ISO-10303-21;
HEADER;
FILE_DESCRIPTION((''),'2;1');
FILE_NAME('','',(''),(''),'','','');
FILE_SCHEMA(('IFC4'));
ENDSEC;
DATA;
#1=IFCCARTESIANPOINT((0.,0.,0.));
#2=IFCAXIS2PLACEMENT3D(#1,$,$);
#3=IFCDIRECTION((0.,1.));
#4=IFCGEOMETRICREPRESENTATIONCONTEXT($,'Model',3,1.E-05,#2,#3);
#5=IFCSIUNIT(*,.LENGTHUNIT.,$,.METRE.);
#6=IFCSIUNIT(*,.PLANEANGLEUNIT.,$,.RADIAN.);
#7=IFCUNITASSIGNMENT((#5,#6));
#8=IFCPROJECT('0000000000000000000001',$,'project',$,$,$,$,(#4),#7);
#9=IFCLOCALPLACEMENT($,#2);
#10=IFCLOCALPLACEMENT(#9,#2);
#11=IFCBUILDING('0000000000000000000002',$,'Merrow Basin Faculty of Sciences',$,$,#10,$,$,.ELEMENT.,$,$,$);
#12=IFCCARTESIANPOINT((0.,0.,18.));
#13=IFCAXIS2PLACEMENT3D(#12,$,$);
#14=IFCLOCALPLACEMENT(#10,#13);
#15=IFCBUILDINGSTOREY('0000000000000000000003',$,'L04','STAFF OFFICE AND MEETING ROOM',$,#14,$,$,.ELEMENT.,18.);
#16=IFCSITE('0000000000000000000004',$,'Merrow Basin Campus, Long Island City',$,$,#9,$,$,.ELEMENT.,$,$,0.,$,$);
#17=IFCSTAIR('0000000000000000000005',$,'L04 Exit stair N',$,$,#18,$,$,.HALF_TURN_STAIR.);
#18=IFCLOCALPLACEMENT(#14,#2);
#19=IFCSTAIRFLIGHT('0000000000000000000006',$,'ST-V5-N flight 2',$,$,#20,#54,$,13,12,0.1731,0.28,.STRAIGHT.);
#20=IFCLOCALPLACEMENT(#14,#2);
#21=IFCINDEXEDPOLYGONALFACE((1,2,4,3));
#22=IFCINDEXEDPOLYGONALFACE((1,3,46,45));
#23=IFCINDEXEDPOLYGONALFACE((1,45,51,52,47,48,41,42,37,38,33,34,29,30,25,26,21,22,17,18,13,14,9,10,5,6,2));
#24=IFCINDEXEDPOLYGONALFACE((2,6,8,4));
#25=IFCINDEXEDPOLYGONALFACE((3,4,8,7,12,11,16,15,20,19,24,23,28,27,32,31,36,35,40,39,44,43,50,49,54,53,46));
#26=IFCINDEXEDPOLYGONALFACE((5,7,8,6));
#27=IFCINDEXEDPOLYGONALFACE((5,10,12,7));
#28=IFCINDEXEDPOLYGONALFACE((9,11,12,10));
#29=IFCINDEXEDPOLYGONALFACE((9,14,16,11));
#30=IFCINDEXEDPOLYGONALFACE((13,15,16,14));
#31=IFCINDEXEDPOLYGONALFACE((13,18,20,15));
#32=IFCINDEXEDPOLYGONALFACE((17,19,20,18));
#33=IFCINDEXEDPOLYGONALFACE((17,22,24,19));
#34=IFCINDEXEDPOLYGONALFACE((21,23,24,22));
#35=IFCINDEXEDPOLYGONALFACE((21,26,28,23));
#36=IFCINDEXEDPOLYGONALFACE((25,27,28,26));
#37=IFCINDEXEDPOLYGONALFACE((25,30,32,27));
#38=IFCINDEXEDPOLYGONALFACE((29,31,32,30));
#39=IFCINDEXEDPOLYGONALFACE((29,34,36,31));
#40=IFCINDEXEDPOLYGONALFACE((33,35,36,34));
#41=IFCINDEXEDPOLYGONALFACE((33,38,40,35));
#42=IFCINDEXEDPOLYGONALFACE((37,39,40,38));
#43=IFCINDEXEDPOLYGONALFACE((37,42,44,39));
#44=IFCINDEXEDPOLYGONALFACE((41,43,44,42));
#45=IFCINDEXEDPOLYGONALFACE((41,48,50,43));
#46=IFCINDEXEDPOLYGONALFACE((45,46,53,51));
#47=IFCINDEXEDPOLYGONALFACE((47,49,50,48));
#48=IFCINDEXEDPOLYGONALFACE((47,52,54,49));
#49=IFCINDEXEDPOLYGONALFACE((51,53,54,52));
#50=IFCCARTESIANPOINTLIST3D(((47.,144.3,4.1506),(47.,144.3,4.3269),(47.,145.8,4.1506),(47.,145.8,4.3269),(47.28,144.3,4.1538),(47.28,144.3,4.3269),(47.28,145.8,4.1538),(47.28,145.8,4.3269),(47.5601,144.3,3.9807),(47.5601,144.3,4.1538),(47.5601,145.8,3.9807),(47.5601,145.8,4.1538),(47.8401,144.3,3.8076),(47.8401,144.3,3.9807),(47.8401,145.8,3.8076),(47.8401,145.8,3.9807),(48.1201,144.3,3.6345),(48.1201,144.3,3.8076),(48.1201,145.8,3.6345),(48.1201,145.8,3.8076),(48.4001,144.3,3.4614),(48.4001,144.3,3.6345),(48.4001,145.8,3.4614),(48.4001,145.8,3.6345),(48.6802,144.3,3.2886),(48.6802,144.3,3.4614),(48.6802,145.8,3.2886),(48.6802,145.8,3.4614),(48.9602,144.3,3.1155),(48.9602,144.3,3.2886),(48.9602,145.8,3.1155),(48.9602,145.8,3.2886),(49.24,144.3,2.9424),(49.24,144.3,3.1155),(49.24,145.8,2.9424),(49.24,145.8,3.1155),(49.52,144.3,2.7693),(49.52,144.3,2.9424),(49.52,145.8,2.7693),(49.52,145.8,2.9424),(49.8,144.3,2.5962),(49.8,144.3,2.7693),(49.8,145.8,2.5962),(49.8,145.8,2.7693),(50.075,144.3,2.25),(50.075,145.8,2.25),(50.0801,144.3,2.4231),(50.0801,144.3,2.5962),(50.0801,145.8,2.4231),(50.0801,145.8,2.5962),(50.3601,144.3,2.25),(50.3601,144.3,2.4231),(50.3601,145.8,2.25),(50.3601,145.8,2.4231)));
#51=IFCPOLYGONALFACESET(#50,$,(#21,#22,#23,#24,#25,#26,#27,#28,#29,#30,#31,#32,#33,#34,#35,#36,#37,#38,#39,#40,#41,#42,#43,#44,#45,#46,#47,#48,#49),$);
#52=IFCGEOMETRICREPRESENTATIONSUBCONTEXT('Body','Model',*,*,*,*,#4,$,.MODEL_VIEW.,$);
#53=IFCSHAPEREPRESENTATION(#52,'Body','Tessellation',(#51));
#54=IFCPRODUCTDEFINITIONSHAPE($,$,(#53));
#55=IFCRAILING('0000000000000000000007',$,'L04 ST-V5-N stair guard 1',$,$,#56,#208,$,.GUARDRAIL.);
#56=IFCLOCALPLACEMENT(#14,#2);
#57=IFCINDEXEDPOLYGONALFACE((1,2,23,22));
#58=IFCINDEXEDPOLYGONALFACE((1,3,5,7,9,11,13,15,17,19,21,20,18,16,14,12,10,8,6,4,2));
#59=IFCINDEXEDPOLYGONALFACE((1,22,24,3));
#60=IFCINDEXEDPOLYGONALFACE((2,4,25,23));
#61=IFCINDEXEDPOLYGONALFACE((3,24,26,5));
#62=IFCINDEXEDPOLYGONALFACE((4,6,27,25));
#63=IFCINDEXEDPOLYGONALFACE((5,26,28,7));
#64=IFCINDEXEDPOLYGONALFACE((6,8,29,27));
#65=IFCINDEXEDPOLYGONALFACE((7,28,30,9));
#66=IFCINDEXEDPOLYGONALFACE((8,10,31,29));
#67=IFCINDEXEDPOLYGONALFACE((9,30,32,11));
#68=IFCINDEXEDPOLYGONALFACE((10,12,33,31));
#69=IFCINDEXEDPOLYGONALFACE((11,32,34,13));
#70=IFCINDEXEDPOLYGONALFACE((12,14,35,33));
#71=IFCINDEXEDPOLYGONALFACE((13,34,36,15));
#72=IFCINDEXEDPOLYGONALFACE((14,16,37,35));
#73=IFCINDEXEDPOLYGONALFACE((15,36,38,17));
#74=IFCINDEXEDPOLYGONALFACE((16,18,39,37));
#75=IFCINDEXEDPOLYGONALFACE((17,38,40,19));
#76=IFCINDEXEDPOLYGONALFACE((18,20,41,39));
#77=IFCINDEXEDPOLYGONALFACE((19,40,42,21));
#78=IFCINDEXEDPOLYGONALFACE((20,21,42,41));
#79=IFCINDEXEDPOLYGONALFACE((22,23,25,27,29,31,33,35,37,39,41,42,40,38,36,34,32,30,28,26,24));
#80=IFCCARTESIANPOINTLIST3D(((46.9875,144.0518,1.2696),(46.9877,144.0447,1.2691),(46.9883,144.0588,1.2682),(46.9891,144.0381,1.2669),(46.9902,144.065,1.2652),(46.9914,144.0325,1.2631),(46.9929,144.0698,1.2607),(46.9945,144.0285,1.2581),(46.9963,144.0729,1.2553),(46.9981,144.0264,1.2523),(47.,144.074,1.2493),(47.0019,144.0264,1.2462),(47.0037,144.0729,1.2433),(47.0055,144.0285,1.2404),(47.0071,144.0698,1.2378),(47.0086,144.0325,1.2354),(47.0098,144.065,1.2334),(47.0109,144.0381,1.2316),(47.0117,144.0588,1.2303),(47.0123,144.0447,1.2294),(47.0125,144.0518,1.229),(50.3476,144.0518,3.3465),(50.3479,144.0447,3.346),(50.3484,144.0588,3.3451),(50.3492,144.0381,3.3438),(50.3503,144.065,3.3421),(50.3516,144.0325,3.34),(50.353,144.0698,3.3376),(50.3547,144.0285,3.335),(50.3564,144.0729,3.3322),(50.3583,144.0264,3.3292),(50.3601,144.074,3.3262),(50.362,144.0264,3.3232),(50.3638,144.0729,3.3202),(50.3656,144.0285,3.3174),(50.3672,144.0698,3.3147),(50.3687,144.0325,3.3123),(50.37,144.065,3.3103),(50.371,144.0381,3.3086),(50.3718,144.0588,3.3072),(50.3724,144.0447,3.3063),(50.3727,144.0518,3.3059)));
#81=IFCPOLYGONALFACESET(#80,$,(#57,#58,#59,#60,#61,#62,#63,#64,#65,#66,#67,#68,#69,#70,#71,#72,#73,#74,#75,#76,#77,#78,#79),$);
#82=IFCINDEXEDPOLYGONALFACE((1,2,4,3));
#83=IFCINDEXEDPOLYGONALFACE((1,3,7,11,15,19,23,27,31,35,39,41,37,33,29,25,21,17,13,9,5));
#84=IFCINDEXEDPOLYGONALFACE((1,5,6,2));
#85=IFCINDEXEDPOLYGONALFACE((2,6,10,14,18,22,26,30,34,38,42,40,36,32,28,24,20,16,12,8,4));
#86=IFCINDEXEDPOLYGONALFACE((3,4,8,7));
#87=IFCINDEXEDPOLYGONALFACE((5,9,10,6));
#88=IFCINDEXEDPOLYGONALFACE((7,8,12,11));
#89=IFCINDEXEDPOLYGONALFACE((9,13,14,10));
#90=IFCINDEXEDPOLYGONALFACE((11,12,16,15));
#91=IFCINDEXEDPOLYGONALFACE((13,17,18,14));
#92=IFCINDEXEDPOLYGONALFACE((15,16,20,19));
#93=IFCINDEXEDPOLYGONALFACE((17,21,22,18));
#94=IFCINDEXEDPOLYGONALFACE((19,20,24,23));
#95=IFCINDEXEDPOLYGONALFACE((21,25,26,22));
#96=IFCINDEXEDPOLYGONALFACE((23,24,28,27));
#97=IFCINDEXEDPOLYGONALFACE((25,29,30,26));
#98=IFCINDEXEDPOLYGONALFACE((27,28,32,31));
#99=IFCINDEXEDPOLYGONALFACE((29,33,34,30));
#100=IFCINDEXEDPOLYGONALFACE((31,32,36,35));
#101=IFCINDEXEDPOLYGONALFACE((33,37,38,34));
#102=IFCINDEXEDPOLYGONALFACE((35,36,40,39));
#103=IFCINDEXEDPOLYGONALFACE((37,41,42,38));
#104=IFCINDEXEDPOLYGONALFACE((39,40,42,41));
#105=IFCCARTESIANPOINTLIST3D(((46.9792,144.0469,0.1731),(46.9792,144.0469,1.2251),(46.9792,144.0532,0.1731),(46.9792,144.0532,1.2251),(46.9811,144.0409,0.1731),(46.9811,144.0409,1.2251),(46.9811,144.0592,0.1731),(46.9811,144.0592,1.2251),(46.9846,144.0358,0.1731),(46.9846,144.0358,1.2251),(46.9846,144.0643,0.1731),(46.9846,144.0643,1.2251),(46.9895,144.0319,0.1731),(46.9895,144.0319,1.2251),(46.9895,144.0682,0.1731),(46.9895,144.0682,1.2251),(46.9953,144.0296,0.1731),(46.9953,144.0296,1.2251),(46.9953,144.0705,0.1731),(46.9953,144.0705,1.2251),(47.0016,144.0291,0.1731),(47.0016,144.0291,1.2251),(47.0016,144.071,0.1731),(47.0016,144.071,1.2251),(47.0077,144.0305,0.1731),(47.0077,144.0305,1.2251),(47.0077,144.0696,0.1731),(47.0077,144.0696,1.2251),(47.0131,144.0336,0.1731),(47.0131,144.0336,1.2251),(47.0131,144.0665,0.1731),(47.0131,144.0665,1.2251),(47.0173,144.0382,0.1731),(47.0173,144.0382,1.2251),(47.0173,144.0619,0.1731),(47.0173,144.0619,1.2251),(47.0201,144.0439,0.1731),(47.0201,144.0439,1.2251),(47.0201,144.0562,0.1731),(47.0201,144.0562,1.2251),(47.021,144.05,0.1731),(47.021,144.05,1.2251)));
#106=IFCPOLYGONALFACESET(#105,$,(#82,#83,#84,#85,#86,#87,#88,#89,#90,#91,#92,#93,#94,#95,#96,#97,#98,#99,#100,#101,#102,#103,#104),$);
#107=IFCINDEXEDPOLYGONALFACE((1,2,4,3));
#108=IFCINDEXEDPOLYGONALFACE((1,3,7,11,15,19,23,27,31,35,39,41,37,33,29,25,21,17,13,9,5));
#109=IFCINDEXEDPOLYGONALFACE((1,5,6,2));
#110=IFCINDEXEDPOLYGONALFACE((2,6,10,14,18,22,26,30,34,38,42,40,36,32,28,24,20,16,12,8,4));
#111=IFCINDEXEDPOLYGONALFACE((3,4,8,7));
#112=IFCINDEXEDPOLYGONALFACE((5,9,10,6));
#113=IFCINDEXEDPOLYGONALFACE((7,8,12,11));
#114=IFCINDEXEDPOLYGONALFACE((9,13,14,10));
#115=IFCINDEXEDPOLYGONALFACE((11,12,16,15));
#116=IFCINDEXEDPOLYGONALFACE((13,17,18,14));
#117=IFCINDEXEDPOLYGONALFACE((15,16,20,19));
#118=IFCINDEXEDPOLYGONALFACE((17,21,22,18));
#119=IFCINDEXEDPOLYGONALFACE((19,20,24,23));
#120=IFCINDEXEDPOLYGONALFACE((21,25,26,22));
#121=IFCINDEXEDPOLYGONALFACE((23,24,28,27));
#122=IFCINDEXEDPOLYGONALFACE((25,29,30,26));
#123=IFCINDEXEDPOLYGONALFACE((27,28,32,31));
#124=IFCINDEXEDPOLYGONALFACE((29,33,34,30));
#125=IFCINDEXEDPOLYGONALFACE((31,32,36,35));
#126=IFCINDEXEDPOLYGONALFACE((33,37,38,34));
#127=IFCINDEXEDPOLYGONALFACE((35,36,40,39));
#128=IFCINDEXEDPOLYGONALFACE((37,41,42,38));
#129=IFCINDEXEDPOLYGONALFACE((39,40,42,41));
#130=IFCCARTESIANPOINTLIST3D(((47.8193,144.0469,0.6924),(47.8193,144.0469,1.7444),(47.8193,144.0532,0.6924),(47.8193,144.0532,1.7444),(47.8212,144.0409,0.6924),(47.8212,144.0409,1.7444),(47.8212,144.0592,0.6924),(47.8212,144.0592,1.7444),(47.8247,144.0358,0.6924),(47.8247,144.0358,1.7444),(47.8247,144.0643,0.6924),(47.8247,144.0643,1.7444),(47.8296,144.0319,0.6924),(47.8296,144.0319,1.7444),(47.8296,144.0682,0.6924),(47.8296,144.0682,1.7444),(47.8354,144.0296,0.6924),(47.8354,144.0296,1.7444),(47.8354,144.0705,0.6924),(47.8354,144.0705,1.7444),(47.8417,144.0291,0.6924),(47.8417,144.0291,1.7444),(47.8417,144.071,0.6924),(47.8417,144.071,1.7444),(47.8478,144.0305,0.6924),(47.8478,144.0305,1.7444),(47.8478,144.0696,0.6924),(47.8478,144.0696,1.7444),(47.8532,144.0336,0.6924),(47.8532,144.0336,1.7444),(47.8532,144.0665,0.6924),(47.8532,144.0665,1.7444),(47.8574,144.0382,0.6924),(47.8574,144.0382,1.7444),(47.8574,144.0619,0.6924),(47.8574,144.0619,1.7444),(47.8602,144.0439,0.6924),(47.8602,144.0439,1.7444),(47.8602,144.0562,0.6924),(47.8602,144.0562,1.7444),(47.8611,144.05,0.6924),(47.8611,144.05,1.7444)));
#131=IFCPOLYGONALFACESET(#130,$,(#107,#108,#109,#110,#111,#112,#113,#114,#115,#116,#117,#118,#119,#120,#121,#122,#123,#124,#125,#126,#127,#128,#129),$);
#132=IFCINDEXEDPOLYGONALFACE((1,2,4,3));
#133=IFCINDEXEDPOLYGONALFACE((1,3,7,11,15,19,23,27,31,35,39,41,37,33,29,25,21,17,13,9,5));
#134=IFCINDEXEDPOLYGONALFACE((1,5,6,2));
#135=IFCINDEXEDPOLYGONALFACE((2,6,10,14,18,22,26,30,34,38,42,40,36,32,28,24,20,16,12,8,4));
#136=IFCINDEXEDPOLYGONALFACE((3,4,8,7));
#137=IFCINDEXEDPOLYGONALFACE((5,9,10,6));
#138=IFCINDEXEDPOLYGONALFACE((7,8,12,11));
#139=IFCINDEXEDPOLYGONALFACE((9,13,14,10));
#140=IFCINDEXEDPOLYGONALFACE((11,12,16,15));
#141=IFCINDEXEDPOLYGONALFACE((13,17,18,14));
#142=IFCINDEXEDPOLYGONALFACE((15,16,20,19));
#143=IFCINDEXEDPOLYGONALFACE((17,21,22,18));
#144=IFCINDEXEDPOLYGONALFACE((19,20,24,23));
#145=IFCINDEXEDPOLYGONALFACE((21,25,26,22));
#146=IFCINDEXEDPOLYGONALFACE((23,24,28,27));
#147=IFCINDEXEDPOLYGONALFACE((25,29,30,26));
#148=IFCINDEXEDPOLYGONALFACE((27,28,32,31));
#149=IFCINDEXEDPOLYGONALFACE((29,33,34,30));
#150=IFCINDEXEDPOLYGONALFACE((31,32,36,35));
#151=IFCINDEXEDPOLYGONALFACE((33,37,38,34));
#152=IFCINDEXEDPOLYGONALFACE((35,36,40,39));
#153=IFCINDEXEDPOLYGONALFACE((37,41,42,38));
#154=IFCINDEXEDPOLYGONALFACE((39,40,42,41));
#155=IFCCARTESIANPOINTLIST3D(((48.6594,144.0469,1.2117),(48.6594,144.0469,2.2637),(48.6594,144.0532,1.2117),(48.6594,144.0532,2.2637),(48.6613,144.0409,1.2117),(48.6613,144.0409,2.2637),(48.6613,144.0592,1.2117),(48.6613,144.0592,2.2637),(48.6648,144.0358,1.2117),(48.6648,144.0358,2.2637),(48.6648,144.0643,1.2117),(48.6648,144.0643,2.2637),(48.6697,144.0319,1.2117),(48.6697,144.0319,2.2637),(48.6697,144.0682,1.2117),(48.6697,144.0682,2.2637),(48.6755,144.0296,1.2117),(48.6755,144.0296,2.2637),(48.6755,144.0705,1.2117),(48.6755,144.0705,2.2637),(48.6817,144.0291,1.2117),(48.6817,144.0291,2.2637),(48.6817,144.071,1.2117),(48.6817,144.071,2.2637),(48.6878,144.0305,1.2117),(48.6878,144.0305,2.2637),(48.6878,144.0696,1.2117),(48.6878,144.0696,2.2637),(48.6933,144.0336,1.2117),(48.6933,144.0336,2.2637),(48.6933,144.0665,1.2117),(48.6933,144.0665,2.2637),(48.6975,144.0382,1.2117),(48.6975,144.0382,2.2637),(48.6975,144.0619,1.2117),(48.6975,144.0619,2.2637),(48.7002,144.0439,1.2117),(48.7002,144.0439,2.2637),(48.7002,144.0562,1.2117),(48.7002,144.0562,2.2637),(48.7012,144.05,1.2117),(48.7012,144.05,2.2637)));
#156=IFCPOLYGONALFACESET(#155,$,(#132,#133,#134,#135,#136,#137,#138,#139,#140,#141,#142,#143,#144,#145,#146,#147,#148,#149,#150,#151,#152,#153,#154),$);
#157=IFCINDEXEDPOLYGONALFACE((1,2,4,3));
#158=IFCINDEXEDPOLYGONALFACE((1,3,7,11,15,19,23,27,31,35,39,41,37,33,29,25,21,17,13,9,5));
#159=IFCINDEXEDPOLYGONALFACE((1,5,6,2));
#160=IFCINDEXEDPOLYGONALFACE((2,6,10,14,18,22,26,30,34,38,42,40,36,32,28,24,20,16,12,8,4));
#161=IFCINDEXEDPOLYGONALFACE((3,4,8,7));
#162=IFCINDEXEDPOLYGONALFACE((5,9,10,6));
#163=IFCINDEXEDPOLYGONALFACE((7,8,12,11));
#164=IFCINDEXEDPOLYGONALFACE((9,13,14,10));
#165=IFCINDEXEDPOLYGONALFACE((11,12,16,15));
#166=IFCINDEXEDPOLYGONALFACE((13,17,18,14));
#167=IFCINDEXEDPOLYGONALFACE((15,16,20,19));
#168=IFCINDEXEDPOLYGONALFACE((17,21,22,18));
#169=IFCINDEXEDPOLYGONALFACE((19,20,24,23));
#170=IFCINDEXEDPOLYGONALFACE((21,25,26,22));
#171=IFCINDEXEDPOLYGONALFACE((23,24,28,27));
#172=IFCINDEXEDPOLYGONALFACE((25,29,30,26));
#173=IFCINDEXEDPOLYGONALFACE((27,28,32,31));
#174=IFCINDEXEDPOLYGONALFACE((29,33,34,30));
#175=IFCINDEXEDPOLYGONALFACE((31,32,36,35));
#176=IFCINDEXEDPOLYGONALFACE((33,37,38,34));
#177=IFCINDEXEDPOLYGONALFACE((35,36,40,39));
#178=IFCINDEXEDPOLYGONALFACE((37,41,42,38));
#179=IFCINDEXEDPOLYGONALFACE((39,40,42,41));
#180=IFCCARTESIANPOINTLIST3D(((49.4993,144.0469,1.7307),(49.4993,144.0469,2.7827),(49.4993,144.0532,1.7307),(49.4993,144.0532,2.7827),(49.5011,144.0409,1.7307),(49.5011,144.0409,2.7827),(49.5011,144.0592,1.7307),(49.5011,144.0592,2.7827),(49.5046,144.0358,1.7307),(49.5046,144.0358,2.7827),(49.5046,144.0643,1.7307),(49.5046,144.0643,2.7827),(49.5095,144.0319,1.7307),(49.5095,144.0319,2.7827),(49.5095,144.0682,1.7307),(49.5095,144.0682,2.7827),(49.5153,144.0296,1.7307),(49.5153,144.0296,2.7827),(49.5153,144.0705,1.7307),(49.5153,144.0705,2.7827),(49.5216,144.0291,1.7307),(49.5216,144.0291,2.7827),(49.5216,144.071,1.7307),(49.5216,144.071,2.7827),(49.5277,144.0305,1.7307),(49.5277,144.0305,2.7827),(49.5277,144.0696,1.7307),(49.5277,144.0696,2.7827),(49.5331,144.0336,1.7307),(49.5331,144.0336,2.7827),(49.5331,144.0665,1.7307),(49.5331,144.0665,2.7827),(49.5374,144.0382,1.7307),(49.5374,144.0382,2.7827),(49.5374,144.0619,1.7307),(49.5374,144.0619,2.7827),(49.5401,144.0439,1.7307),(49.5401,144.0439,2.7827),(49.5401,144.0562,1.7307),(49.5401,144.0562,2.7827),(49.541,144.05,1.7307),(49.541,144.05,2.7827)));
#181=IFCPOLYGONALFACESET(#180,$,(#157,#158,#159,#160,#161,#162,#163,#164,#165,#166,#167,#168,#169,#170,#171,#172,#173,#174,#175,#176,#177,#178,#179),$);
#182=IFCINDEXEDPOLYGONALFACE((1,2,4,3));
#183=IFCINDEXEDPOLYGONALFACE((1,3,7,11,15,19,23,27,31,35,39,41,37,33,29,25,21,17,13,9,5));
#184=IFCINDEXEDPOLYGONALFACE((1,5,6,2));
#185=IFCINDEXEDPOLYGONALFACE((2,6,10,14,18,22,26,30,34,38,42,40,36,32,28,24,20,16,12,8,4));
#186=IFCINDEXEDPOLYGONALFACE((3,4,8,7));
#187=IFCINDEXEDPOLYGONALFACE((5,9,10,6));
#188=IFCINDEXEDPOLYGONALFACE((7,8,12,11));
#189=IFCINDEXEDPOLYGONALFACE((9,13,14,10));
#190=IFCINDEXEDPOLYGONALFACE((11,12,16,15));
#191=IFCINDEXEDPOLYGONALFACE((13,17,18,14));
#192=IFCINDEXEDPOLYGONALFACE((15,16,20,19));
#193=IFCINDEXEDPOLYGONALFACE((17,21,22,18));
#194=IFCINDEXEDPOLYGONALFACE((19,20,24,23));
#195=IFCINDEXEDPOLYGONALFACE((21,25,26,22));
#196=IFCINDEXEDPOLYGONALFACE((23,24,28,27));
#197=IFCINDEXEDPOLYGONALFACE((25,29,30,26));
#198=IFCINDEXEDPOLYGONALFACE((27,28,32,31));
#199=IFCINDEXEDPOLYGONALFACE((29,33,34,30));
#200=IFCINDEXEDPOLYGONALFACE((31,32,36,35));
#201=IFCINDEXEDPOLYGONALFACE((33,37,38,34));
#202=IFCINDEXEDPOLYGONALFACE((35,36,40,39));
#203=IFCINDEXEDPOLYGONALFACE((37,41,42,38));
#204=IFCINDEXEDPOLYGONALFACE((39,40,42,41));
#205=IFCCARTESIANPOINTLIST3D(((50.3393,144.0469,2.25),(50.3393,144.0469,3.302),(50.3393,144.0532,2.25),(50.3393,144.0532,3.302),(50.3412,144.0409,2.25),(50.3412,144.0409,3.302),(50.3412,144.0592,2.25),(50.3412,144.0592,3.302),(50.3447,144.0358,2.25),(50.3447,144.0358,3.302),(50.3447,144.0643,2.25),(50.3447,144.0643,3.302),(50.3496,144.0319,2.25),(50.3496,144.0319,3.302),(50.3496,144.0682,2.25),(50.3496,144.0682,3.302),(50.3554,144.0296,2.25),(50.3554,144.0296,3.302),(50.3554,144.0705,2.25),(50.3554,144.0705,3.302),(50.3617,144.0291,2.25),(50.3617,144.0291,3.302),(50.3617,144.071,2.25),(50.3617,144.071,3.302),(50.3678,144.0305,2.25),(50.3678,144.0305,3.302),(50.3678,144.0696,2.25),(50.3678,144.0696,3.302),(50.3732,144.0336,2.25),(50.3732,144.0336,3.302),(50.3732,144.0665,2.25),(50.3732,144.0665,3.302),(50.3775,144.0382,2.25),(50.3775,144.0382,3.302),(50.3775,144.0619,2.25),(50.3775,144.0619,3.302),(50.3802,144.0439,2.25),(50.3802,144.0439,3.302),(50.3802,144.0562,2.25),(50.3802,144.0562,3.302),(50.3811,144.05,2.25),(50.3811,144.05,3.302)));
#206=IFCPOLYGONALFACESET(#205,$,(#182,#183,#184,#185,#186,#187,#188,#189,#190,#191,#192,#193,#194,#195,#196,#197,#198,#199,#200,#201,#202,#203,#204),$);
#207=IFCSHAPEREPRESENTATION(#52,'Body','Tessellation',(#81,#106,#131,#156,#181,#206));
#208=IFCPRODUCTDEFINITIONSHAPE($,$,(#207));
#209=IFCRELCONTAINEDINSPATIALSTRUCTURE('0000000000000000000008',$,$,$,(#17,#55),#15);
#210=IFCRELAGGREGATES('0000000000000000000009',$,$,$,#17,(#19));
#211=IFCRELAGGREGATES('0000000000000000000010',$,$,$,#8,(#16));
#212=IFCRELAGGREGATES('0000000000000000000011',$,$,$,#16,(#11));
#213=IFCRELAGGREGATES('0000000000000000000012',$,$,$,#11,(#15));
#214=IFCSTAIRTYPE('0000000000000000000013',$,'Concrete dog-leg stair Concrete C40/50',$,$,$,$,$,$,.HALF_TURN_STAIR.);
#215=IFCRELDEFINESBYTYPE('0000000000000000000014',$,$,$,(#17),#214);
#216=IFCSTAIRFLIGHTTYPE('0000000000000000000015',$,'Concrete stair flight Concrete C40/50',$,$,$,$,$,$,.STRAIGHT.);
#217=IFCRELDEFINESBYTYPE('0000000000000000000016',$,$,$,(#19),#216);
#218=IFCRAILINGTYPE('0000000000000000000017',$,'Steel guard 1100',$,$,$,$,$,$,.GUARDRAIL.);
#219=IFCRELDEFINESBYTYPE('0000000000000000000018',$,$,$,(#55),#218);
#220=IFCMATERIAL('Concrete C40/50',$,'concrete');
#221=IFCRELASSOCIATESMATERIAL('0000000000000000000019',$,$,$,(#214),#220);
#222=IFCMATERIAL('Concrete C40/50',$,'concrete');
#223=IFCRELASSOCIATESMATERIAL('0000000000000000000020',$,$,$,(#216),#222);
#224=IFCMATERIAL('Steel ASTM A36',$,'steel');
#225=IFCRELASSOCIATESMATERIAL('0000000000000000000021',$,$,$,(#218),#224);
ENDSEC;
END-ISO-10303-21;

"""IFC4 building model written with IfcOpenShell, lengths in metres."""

from ifc_helpers import new_model, si_unit, direction, frame, origin, origin_2d, place, context, subcontext, project, spatial, polyline, circle, outline, extrude, material, type_object, element, aggregate, save


model = new_model("IFC4")

# Units and contexts
model_context = context("Model", 3, precision=1e-05, world=origin(), true_north=direction((0.0, 1.0)))
body_context = subcontext(model_context, "Body", "Model", "MODEL_VIEW")
ifc_project = project(units=[si_unit("LENGTHUNIT", "METRE"), si_unit("PLANEANGLEUNIT", "RADIAN")], contexts=[model_context])

# Site, building, storey
site_placement = place(None, origin())
site = spatial("IfcSite", under=ifc_project, at=site_placement, Name="Merrow Basin Campus, Long Island City", CompositionType="ELEMENT", RefElevation=0.0)
building_placement = place(site_placement, origin())
building = spatial("IfcBuilding", under=site, at=building_placement, Name="Merrow Basin Faculty of Sciences", CompositionType="ELEMENT")
storey_placement = place(building_placement, frame((0.0, 0.0, 18.0)))
storey = spatial("IfcBuildingStorey", under=building, at=storey_placement, Name="L04", Description="STAFF OFFICE AND MEETING ROOM", CompositionType="ELEMENT", Elevation=18.0)

# Stair, stair flight
ifc_material_1 = material(Name="Concrete C40/50", Category="concrete")
stair_type = type_object("IfcStairType", Name="Concrete dog-leg stair Concrete C40/50", PredefinedType="HALF_TURN_STAIR", material=ifc_material_1)
stair_placement = place(storey_placement, origin())
stair = element("IfcStair", 1, at=stair_placement, inside=storey, type_object=stair_type, Name="L04 Exit stair N", PredefinedType="HALF_TURN_STAIR")
ifc_material_2 = material(Name="Concrete C40/50", Category="concrete")
stair_flight_type = type_object("IfcStairFlightType", Name="Concrete stair flight Concrete C40/50", PredefinedType="STRAIGHT", material=ifc_material_2)
stair_flight_1_placement = place(storey_placement, frame((50.3601, 145.05, 2.25), z_axis=(0.0, 0.0, 1.0), x_axis=(-1.0, 0.0, 0.0)))
stair_flight_1 = element("IfcStairFlight", 2, at=stair_flight_1_placement, type_object=stair_flight_type, Name="ST-V5-N flight 2", NumberOfRisers=13, NumberOfTreads=12, PredefinedType="STRAIGHT", RiserHeight=0.1731, TreadLength=0.28, context=body_context, shape_type="SweptSolid", body=[
    extrude(outline(polyline([(0.0, 0.0), (0.0, 0.1731), (0.28, 0.1731), (0.28, 0.3462), (0.5601, 0.3462), (0.5601, 0.5193), (0.8401, 0.5193), (0.8401, 0.6924), (1.1201, 0.6924), (1.1201, 0.8655), (1.3999, 0.8655), (1.3999, 1.0386), (1.6799, 1.0386), (1.6799, 1.2114), (1.96, 1.2114), (1.96, 1.3845), (2.24, 1.3845), (2.24, 1.5576), (2.52, 1.5576), (2.52, 1.7307), (2.8, 1.7307), (2.8, 1.9038), (3.0801, 1.9038), (3.0801, 2.0769), (3.3601, 2.0769), (3.3601, 2.25), (3.3601, 1.9006), (0.2852, 0.0), (0.0, 0.0)])), frame((0.0, 0.75, 0.0), z_axis=(0.0, -1.0, 0.0), x_axis=(1.0, 0.0, 0.0)), (0.0, 0.0, 1.0), 1.5),
])
aggregate(stair, [stair_flight_1])

# Railing
ifc_material_3 = material(Name="Steel ASTM A36", Category="steel")
railing_type_1 = type_object("IfcRailingType", Name="Steel guard 1100", PredefinedType="GUARDRAIL", material=ifc_material_3)
railing_1_placement = place(storey_placement, frame((47.0, 144.05, 0.1731)))
element("IfcRailing", 3, at=railing_1_placement, inside=storey, type_object=railing_type_1, Name="L04 ST-V5-N stair guard 1", PredefinedType="GUARDRAIL", context=body_context, shape_type="SweptSolid", body=[
    extrude(circle(Radius=0.0239, at=origin_2d()), frame((0.0, 0.0, 1.0762), z_axis=(0.850623, 0.0, 0.525776), x_axis=(0.0, 1.0, 0.0)), (0.0, 0.0, 1.0), 3.9502),
    extrude(circle(Radius=0.021, at=origin_2d()), origin(), (0.0, 0.0, 1.0), 1.052),
    extrude(circle(Radius=0.021, at=origin_2d()), frame((0.8401, 0.0, 0.5193)), (0.0, 0.0, 1.0), 1.052),
    extrude(circle(Radius=0.021, at=origin_2d()), frame((1.6802, 0.0, 1.0386)), (0.0, 0.0, 1.0), 1.052),
    extrude(circle(Radius=0.021, at=origin_2d()), frame((2.52, 0.0, 1.5576)), (0.0, 0.0, 1.0), 1.052),
    extrude(circle(Radius=0.021, at=origin_2d()), frame((3.3601, 0.0, 2.0769)), (0.0, 0.0, 1.0), 1.052),
])

save(model, "model.ifc")
